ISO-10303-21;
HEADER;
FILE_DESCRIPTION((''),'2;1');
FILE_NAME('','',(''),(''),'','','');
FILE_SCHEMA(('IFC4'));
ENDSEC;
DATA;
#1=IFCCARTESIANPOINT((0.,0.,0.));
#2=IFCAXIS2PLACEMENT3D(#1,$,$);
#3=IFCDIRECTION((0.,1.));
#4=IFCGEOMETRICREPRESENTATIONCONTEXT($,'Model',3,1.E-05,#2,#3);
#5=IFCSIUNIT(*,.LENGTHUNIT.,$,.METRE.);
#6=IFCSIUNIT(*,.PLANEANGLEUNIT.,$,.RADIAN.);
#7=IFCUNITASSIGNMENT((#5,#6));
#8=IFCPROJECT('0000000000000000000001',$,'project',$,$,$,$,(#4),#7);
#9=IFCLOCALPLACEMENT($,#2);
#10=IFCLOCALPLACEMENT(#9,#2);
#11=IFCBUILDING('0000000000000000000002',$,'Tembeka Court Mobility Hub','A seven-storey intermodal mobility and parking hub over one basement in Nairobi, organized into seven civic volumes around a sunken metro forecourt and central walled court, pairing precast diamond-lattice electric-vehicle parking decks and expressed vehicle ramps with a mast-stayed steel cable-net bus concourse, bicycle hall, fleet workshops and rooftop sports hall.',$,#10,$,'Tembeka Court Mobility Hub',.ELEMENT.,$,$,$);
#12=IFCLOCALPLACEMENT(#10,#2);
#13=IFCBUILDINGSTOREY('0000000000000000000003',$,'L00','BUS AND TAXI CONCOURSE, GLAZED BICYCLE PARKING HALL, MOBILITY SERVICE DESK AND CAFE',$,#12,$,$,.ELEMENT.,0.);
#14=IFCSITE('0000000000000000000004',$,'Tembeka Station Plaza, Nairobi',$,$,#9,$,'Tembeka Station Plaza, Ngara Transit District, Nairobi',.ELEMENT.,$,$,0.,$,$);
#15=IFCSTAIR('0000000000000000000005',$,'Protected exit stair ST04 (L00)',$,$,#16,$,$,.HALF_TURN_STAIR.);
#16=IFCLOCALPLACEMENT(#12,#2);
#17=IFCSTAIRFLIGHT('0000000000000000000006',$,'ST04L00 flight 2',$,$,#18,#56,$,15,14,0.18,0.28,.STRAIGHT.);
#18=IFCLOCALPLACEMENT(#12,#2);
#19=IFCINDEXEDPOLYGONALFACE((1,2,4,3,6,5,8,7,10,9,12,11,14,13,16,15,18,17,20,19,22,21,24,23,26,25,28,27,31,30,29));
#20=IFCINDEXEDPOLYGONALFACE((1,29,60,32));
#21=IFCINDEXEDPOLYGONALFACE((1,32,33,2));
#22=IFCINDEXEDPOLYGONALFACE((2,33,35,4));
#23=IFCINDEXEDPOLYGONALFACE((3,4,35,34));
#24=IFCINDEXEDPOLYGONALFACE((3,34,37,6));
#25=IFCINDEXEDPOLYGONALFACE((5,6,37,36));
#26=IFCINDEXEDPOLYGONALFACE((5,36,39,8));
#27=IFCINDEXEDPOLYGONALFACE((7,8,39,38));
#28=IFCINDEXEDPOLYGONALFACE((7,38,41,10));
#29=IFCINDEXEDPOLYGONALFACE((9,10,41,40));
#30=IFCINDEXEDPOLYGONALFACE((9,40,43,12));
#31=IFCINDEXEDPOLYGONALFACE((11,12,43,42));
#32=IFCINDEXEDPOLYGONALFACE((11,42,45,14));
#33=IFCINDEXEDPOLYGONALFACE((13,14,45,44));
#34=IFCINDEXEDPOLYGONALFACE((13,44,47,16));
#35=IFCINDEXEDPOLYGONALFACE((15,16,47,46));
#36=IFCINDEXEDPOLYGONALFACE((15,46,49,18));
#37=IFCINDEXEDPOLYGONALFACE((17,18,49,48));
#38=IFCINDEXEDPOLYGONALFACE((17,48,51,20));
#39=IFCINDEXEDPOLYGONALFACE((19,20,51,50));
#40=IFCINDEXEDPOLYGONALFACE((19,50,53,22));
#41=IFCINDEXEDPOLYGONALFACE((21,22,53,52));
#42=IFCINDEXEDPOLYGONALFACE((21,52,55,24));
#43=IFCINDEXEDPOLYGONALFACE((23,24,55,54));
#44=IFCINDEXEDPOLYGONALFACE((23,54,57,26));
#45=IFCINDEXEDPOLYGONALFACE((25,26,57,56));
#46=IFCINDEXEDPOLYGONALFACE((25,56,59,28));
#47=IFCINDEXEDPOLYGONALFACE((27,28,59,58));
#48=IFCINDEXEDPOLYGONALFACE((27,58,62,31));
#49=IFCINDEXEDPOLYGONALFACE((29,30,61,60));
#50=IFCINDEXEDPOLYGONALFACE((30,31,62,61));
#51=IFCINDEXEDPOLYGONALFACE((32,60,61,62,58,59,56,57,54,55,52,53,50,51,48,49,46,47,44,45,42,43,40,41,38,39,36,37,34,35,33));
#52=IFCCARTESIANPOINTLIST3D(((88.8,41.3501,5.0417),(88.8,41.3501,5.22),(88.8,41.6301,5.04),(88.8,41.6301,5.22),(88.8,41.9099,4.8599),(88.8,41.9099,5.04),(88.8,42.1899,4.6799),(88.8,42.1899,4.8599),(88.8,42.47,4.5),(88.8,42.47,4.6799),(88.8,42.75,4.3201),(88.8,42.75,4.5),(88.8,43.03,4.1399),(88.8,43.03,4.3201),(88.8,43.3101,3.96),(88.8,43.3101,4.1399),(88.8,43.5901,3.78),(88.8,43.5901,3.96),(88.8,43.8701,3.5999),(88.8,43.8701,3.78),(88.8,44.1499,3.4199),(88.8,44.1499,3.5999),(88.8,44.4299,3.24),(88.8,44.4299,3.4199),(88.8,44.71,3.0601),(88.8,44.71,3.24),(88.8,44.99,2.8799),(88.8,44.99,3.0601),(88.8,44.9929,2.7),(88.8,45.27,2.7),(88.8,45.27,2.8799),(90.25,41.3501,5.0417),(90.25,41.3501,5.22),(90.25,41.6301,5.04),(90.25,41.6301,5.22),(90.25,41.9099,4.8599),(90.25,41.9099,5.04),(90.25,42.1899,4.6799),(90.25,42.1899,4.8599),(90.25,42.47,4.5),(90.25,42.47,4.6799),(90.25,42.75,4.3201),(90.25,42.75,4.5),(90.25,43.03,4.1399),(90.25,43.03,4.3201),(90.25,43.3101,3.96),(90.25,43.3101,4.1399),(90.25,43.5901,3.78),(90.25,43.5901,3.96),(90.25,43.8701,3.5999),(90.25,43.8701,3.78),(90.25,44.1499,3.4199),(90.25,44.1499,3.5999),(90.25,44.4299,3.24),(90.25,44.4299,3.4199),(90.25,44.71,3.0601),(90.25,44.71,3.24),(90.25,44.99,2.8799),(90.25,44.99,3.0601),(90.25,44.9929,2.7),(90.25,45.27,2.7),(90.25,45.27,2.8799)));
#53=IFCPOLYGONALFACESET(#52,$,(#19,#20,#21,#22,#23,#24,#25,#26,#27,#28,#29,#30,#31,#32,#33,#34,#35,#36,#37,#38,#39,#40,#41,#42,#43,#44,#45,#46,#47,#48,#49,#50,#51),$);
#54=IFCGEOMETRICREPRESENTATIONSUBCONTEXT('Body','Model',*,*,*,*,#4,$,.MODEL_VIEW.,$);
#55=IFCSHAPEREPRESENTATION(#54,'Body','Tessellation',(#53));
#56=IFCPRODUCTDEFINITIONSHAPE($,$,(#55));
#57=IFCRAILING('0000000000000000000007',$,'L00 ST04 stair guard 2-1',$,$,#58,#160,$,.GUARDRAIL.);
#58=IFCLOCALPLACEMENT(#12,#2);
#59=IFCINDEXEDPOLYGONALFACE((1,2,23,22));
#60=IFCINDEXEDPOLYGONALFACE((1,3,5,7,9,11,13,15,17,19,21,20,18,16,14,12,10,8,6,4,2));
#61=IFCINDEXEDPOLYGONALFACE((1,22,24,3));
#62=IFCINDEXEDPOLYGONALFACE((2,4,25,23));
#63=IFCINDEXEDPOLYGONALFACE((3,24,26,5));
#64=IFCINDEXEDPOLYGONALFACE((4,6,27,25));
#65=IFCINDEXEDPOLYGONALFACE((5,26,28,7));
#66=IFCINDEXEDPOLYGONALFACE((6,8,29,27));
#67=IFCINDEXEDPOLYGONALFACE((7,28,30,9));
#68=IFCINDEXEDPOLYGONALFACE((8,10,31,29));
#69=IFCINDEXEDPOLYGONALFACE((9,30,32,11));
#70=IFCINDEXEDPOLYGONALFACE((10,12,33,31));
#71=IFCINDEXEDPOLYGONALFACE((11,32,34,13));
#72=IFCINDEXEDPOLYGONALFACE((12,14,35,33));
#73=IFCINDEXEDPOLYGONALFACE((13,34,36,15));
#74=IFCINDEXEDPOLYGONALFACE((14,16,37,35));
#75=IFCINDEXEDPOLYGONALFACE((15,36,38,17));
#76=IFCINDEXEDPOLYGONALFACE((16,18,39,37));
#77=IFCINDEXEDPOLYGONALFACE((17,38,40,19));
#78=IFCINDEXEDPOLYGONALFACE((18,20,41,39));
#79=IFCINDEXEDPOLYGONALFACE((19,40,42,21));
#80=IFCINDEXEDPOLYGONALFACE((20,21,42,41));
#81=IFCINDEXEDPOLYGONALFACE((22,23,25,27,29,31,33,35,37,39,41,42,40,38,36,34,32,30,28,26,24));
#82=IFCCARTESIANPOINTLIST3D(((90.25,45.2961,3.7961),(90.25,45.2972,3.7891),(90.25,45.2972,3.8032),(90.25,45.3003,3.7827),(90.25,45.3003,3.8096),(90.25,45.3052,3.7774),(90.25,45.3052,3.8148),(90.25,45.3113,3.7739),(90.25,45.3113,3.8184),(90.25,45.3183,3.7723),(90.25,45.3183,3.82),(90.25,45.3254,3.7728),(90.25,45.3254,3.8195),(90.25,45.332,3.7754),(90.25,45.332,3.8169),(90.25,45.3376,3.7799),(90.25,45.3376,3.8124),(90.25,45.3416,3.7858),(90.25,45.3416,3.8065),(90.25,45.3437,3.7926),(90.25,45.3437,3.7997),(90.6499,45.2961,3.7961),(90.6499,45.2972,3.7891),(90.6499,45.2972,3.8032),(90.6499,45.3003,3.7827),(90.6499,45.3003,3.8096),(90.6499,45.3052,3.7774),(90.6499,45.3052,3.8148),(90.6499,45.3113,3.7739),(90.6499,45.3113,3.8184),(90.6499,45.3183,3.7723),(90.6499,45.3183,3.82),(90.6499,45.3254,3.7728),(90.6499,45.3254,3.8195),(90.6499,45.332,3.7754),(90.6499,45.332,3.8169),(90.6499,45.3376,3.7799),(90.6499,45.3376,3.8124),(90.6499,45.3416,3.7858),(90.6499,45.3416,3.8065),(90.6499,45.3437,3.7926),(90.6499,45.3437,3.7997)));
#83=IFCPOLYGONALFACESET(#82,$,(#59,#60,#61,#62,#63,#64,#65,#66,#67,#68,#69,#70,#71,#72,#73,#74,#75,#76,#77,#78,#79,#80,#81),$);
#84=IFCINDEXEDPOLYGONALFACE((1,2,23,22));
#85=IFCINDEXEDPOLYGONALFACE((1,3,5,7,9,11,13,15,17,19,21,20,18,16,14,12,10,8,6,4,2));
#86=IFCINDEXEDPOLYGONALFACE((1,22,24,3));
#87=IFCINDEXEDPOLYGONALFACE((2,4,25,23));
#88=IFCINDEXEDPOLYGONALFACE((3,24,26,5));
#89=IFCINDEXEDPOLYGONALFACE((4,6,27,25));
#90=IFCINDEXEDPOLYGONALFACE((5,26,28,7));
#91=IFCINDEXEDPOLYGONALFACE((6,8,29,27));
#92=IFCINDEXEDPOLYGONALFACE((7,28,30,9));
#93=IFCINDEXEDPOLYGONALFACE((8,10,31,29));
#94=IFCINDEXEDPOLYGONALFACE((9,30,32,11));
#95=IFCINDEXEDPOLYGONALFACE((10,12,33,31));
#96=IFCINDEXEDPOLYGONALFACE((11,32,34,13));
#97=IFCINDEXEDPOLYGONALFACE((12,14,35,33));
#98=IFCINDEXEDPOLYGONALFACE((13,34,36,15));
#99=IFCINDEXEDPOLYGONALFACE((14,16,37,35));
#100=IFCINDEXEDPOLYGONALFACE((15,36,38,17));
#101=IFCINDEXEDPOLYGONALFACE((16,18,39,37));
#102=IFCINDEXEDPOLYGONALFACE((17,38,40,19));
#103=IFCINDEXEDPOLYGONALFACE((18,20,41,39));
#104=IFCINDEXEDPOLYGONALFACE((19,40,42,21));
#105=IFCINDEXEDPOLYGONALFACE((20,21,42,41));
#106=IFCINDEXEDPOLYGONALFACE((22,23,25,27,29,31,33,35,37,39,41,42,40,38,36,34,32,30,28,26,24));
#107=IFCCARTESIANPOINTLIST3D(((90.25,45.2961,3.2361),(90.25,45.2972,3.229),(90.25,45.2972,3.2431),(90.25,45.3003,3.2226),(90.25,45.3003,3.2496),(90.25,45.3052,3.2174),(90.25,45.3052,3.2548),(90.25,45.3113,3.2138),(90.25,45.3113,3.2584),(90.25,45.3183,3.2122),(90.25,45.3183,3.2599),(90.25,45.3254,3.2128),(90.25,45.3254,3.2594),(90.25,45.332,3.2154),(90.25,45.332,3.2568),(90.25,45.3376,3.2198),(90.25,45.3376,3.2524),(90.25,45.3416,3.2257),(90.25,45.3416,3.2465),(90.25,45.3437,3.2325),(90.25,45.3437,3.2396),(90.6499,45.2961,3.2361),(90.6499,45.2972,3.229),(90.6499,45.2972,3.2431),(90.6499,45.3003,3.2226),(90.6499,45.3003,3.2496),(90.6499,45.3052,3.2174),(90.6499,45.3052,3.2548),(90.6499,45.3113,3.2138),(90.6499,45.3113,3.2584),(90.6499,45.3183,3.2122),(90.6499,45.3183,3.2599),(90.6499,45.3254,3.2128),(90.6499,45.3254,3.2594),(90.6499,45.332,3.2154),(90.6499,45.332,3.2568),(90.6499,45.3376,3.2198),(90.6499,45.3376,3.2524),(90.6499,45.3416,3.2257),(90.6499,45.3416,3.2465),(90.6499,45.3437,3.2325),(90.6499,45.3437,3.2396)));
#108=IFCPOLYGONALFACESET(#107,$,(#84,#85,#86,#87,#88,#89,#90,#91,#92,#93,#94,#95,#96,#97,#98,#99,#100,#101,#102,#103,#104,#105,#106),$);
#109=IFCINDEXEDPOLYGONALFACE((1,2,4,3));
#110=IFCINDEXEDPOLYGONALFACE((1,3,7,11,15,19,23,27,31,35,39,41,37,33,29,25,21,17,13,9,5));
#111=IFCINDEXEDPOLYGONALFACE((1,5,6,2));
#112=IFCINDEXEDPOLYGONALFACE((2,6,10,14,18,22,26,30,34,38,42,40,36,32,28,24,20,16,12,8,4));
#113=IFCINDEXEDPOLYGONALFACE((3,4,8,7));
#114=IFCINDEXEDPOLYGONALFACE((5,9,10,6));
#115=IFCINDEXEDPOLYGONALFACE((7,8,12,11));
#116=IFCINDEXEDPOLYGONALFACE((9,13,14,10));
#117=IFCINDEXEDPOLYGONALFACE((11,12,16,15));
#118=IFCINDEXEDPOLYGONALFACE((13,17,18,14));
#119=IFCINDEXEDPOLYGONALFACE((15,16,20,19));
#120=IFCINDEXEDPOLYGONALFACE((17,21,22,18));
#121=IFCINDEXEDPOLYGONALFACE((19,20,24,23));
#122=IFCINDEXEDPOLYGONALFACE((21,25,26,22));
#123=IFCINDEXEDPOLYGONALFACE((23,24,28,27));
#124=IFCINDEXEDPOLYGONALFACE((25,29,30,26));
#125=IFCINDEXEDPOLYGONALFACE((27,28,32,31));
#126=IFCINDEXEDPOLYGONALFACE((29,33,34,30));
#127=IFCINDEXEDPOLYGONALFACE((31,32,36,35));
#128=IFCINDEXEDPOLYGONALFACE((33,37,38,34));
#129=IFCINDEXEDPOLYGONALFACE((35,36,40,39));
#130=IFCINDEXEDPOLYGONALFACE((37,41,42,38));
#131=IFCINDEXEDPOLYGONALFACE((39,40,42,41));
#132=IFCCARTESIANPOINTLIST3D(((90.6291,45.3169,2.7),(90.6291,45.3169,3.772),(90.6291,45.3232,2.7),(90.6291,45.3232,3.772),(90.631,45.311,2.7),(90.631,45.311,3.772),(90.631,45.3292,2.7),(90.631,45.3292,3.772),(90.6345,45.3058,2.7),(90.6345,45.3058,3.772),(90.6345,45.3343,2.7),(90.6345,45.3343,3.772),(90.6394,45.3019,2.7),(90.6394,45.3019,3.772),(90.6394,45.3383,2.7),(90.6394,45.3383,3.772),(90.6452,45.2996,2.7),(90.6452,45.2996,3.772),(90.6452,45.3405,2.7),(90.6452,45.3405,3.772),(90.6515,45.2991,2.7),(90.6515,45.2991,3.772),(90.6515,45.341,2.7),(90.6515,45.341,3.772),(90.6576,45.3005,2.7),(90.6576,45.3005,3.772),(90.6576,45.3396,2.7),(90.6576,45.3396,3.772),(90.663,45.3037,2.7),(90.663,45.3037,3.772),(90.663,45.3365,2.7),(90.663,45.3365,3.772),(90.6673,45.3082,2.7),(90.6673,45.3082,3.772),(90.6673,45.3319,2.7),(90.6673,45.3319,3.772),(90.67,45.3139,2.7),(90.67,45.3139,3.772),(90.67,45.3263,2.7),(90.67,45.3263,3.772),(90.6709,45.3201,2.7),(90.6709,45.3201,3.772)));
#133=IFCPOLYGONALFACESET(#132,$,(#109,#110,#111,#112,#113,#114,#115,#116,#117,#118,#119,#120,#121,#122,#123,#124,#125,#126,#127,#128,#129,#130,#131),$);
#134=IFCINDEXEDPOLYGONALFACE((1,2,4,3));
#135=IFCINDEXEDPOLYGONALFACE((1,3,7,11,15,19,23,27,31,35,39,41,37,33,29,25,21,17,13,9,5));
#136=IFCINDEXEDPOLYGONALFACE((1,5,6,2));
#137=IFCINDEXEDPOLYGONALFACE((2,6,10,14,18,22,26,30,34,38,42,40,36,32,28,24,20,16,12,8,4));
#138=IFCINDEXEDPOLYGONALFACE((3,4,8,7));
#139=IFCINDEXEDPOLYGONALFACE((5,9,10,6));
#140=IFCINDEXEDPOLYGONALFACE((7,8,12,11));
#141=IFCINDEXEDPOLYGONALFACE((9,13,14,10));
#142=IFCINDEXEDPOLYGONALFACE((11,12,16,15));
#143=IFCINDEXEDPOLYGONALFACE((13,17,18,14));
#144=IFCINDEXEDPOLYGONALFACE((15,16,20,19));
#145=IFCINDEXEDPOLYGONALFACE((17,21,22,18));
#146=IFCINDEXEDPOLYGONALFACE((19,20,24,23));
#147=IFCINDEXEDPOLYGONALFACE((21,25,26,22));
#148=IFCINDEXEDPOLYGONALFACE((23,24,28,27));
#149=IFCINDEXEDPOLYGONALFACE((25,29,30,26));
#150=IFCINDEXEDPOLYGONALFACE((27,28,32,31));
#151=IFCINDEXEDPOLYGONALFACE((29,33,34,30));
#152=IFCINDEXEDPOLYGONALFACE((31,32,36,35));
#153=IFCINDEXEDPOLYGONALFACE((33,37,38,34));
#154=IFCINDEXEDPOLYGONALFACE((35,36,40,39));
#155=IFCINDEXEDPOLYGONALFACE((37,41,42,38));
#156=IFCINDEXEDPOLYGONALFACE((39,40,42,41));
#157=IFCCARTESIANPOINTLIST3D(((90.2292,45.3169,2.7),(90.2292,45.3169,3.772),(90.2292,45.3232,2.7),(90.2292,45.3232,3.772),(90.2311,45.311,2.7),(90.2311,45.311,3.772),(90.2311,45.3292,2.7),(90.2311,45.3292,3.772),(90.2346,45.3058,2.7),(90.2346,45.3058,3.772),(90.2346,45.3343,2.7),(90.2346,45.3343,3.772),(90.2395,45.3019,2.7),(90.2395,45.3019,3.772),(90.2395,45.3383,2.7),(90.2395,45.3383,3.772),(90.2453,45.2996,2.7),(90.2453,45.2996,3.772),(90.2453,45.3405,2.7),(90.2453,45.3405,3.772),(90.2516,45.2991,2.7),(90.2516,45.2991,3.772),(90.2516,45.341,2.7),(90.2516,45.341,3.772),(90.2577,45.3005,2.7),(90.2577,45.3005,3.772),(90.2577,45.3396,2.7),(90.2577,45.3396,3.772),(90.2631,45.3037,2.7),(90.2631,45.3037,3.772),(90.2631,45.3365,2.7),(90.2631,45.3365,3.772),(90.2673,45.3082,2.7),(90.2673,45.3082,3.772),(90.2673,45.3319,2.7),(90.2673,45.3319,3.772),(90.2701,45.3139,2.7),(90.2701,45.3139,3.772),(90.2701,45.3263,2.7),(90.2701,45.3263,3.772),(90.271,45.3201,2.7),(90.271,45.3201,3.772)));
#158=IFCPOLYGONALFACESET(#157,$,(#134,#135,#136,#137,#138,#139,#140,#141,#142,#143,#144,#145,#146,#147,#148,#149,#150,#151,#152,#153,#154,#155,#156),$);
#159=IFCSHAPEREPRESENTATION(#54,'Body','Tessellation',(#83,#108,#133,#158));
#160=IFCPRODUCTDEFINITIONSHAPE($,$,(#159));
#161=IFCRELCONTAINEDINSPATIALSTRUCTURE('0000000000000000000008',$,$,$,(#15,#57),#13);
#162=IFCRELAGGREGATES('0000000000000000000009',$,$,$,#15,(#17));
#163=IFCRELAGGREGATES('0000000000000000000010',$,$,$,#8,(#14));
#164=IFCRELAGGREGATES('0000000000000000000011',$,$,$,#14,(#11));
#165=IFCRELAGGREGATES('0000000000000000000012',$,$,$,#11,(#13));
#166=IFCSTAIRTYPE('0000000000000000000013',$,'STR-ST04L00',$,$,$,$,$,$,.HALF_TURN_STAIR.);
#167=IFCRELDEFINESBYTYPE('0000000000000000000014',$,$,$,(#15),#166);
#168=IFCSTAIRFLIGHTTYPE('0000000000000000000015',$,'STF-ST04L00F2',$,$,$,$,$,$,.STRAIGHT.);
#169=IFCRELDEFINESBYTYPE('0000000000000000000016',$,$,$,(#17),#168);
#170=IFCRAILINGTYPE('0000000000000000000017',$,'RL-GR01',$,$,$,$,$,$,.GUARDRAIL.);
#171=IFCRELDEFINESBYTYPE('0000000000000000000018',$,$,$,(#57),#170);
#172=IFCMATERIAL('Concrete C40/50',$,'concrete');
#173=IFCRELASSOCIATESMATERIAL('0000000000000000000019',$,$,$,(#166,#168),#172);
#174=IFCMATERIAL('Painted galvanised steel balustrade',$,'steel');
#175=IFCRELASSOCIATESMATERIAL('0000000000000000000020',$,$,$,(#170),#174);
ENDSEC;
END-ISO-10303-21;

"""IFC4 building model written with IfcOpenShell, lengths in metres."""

from ifc_helpers import new_model, si_unit, direction, frame, origin, origin_2d, place, context, subcontext, project, spatial, polyline, circle, outline, extrude, material, type_object, element, aggregate, save


model = new_model("IFC4")

# Units and contexts
model_context = context("Model", 3, precision=1e-05, world=origin(), true_north=direction((0.0, 1.0)))
body_context = subcontext(model_context, "Body", "Model", "MODEL_VIEW")
ifc_project = project(units=[si_unit("LENGTHUNIT", "METRE"), si_unit("PLANEANGLEUNIT", "RADIAN")], contexts=[model_context])

# Site, building, storey
site_placement = place(None, origin())
site = spatial("IfcSite", under=ifc_project, at=site_placement, Name="Tembeka Station Plaza, Nairobi", LongName="Tembeka Station Plaza, Ngara Transit District, Nairobi", CompositionType="ELEMENT", RefElevation=0.0)
building_placement = place(site_placement, origin())
building = spatial("IfcBuilding", under=site, at=building_placement, Name="Tembeka Court Mobility Hub", Description="A seven-storey intermodal mobility and parking hub over one basement in Nairobi, organized into seven civic volumes around a sunken metro forecourt and central walled court, pairing precast diamond-lattice electric-vehicle parking decks and expressed vehicle ramps with a mast-stayed steel cable-net bus concourse, bicycle hall, fleet workshops and rooftop sports hall.", LongName="Tembeka Court Mobility Hub", CompositionType="ELEMENT")
storey_placement = place(building_placement, origin())
storey = spatial("IfcBuildingStorey", under=building, at=storey_placement, Name="L00", Description="BUS AND TAXI CONCOURSE, GLAZED BICYCLE PARKING HALL, MOBILITY SERVICE DESK AND CAFE", CompositionType="ELEMENT", Elevation=0.0)

# Shared definitions
ifc_material_1 = material(Name="Concrete C40/50", Category="concrete")

# Stair, stair flight
stair_type = type_object("IfcStairType", Name="STR-ST04L00", PredefinedType="HALF_TURN_STAIR", material=ifc_material_1)
stair_placement = place(storey_placement, origin())
stair = element("IfcStair", 1, at=stair_placement, inside=storey, type_object=stair_type, Name="Protected exit stair ST04 (L00)", PredefinedType="HALF_TURN_STAIR")
stair_flight_type_1 = type_object("IfcStairFlightType", Name="STF-ST04L00F2", PredefinedType="STRAIGHT", material=ifc_material_1)
stair_flight_1_placement = place(storey_placement, frame((89.5249, 45.27, 2.7), z_axis=(0.0, 0.0, 1.0), x_axis=(0.0, -1.0, 0.0)))
stair_flight_1 = element("IfcStairFlight", 2, at=stair_flight_1_placement, type_object=stair_flight_type_1, Name="ST04L00 flight 2", NumberOfRisers=15, NumberOfTreads=14, PredefinedType="STRAIGHT", RiserHeight=0.18, TreadLength=0.28, context=body_context, shape_type="SweptSolid", body=[
    extrude(outline(polyline([(0.0, 0.0), (0.0, 0.1799), (0.28, 0.1799), (0.28, 0.3601), (0.5601, 0.3601), (0.5601, 0.54), (0.8401, 0.54), (0.8401, 0.72), (1.1201, 0.72), (1.1201, 0.8999), (1.3999, 0.8999), (1.3999, 1.0801), (1.6799, 1.0801), (1.6799, 1.26), (1.96, 1.26), (1.96, 1.4399), (2.24, 1.4399), (2.24, 1.6201), (2.52, 1.6201), (2.52, 1.8), (2.8, 1.8), (2.8, 1.98), (3.0801, 1.98), (3.0801, 2.1599), (3.3601, 2.1599), (3.3601, 2.3401), (3.6399, 2.3401), (3.6399, 2.52), (3.9199, 2.52), (3.9199, 2.7), (3.9199, 2.3418), (0.2771, 0.0), (0.0, 0.0)])), frame((0.0, 0.7251, 0.0), z_axis=(0.0, -1.0, 0.0), x_axis=(1.0, 0.0, 0.0)), (0.0, 0.0, 1.0), 1.45),
])
aggregate(stair, [stair_flight_1])

# Railing
ifc_material_2 = material(Name="Painted galvanised steel balustrade", Category="steel")
railing_type_1 = type_object("IfcRailingType", Name="RL-GR01", PredefinedType="GUARDRAIL", material=ifc_material_2)
railing_1_placement = place(storey_placement, frame((90.6499, 45.3201, 2.7)))
element("IfcRailing", 3, at=railing_1_placement, inside=storey, type_object=railing_type_1, Name="L00 ST04 stair guard 2-1", PredefinedType="GUARDRAIL", context=body_context, shape_type="SweptSolid", body=[
    extrude(circle(Radius=0.0239, at=origin_2d()), frame((0.0, 0.0, 1.0962), z_axis=(-1.0, 0.0, 0.0), x_axis=(0.0, -1.0, 0.0)), (0.0, 0.0, 1.0), 0.3999),
    extrude(circle(Radius=0.0239, at=origin_2d()), frame((0.0, 0.0, 0.5361), z_axis=(-1.0, 0.0, 0.0), x_axis=(0.0, -1.0, 0.0)), (0.0, 0.0, 1.0), 0.3999),
    extrude(circle(Radius=0.021, at=origin_2d()), origin(), (0.0, 0.0, 1.0), 1.072),
    extrude(circle(Radius=0.021, at=origin_2d()), frame((-0.3999, 0.0, 0.0)), (0.0, 0.0, 1.0), 1.072),
])

save(model, "model.ifc")
